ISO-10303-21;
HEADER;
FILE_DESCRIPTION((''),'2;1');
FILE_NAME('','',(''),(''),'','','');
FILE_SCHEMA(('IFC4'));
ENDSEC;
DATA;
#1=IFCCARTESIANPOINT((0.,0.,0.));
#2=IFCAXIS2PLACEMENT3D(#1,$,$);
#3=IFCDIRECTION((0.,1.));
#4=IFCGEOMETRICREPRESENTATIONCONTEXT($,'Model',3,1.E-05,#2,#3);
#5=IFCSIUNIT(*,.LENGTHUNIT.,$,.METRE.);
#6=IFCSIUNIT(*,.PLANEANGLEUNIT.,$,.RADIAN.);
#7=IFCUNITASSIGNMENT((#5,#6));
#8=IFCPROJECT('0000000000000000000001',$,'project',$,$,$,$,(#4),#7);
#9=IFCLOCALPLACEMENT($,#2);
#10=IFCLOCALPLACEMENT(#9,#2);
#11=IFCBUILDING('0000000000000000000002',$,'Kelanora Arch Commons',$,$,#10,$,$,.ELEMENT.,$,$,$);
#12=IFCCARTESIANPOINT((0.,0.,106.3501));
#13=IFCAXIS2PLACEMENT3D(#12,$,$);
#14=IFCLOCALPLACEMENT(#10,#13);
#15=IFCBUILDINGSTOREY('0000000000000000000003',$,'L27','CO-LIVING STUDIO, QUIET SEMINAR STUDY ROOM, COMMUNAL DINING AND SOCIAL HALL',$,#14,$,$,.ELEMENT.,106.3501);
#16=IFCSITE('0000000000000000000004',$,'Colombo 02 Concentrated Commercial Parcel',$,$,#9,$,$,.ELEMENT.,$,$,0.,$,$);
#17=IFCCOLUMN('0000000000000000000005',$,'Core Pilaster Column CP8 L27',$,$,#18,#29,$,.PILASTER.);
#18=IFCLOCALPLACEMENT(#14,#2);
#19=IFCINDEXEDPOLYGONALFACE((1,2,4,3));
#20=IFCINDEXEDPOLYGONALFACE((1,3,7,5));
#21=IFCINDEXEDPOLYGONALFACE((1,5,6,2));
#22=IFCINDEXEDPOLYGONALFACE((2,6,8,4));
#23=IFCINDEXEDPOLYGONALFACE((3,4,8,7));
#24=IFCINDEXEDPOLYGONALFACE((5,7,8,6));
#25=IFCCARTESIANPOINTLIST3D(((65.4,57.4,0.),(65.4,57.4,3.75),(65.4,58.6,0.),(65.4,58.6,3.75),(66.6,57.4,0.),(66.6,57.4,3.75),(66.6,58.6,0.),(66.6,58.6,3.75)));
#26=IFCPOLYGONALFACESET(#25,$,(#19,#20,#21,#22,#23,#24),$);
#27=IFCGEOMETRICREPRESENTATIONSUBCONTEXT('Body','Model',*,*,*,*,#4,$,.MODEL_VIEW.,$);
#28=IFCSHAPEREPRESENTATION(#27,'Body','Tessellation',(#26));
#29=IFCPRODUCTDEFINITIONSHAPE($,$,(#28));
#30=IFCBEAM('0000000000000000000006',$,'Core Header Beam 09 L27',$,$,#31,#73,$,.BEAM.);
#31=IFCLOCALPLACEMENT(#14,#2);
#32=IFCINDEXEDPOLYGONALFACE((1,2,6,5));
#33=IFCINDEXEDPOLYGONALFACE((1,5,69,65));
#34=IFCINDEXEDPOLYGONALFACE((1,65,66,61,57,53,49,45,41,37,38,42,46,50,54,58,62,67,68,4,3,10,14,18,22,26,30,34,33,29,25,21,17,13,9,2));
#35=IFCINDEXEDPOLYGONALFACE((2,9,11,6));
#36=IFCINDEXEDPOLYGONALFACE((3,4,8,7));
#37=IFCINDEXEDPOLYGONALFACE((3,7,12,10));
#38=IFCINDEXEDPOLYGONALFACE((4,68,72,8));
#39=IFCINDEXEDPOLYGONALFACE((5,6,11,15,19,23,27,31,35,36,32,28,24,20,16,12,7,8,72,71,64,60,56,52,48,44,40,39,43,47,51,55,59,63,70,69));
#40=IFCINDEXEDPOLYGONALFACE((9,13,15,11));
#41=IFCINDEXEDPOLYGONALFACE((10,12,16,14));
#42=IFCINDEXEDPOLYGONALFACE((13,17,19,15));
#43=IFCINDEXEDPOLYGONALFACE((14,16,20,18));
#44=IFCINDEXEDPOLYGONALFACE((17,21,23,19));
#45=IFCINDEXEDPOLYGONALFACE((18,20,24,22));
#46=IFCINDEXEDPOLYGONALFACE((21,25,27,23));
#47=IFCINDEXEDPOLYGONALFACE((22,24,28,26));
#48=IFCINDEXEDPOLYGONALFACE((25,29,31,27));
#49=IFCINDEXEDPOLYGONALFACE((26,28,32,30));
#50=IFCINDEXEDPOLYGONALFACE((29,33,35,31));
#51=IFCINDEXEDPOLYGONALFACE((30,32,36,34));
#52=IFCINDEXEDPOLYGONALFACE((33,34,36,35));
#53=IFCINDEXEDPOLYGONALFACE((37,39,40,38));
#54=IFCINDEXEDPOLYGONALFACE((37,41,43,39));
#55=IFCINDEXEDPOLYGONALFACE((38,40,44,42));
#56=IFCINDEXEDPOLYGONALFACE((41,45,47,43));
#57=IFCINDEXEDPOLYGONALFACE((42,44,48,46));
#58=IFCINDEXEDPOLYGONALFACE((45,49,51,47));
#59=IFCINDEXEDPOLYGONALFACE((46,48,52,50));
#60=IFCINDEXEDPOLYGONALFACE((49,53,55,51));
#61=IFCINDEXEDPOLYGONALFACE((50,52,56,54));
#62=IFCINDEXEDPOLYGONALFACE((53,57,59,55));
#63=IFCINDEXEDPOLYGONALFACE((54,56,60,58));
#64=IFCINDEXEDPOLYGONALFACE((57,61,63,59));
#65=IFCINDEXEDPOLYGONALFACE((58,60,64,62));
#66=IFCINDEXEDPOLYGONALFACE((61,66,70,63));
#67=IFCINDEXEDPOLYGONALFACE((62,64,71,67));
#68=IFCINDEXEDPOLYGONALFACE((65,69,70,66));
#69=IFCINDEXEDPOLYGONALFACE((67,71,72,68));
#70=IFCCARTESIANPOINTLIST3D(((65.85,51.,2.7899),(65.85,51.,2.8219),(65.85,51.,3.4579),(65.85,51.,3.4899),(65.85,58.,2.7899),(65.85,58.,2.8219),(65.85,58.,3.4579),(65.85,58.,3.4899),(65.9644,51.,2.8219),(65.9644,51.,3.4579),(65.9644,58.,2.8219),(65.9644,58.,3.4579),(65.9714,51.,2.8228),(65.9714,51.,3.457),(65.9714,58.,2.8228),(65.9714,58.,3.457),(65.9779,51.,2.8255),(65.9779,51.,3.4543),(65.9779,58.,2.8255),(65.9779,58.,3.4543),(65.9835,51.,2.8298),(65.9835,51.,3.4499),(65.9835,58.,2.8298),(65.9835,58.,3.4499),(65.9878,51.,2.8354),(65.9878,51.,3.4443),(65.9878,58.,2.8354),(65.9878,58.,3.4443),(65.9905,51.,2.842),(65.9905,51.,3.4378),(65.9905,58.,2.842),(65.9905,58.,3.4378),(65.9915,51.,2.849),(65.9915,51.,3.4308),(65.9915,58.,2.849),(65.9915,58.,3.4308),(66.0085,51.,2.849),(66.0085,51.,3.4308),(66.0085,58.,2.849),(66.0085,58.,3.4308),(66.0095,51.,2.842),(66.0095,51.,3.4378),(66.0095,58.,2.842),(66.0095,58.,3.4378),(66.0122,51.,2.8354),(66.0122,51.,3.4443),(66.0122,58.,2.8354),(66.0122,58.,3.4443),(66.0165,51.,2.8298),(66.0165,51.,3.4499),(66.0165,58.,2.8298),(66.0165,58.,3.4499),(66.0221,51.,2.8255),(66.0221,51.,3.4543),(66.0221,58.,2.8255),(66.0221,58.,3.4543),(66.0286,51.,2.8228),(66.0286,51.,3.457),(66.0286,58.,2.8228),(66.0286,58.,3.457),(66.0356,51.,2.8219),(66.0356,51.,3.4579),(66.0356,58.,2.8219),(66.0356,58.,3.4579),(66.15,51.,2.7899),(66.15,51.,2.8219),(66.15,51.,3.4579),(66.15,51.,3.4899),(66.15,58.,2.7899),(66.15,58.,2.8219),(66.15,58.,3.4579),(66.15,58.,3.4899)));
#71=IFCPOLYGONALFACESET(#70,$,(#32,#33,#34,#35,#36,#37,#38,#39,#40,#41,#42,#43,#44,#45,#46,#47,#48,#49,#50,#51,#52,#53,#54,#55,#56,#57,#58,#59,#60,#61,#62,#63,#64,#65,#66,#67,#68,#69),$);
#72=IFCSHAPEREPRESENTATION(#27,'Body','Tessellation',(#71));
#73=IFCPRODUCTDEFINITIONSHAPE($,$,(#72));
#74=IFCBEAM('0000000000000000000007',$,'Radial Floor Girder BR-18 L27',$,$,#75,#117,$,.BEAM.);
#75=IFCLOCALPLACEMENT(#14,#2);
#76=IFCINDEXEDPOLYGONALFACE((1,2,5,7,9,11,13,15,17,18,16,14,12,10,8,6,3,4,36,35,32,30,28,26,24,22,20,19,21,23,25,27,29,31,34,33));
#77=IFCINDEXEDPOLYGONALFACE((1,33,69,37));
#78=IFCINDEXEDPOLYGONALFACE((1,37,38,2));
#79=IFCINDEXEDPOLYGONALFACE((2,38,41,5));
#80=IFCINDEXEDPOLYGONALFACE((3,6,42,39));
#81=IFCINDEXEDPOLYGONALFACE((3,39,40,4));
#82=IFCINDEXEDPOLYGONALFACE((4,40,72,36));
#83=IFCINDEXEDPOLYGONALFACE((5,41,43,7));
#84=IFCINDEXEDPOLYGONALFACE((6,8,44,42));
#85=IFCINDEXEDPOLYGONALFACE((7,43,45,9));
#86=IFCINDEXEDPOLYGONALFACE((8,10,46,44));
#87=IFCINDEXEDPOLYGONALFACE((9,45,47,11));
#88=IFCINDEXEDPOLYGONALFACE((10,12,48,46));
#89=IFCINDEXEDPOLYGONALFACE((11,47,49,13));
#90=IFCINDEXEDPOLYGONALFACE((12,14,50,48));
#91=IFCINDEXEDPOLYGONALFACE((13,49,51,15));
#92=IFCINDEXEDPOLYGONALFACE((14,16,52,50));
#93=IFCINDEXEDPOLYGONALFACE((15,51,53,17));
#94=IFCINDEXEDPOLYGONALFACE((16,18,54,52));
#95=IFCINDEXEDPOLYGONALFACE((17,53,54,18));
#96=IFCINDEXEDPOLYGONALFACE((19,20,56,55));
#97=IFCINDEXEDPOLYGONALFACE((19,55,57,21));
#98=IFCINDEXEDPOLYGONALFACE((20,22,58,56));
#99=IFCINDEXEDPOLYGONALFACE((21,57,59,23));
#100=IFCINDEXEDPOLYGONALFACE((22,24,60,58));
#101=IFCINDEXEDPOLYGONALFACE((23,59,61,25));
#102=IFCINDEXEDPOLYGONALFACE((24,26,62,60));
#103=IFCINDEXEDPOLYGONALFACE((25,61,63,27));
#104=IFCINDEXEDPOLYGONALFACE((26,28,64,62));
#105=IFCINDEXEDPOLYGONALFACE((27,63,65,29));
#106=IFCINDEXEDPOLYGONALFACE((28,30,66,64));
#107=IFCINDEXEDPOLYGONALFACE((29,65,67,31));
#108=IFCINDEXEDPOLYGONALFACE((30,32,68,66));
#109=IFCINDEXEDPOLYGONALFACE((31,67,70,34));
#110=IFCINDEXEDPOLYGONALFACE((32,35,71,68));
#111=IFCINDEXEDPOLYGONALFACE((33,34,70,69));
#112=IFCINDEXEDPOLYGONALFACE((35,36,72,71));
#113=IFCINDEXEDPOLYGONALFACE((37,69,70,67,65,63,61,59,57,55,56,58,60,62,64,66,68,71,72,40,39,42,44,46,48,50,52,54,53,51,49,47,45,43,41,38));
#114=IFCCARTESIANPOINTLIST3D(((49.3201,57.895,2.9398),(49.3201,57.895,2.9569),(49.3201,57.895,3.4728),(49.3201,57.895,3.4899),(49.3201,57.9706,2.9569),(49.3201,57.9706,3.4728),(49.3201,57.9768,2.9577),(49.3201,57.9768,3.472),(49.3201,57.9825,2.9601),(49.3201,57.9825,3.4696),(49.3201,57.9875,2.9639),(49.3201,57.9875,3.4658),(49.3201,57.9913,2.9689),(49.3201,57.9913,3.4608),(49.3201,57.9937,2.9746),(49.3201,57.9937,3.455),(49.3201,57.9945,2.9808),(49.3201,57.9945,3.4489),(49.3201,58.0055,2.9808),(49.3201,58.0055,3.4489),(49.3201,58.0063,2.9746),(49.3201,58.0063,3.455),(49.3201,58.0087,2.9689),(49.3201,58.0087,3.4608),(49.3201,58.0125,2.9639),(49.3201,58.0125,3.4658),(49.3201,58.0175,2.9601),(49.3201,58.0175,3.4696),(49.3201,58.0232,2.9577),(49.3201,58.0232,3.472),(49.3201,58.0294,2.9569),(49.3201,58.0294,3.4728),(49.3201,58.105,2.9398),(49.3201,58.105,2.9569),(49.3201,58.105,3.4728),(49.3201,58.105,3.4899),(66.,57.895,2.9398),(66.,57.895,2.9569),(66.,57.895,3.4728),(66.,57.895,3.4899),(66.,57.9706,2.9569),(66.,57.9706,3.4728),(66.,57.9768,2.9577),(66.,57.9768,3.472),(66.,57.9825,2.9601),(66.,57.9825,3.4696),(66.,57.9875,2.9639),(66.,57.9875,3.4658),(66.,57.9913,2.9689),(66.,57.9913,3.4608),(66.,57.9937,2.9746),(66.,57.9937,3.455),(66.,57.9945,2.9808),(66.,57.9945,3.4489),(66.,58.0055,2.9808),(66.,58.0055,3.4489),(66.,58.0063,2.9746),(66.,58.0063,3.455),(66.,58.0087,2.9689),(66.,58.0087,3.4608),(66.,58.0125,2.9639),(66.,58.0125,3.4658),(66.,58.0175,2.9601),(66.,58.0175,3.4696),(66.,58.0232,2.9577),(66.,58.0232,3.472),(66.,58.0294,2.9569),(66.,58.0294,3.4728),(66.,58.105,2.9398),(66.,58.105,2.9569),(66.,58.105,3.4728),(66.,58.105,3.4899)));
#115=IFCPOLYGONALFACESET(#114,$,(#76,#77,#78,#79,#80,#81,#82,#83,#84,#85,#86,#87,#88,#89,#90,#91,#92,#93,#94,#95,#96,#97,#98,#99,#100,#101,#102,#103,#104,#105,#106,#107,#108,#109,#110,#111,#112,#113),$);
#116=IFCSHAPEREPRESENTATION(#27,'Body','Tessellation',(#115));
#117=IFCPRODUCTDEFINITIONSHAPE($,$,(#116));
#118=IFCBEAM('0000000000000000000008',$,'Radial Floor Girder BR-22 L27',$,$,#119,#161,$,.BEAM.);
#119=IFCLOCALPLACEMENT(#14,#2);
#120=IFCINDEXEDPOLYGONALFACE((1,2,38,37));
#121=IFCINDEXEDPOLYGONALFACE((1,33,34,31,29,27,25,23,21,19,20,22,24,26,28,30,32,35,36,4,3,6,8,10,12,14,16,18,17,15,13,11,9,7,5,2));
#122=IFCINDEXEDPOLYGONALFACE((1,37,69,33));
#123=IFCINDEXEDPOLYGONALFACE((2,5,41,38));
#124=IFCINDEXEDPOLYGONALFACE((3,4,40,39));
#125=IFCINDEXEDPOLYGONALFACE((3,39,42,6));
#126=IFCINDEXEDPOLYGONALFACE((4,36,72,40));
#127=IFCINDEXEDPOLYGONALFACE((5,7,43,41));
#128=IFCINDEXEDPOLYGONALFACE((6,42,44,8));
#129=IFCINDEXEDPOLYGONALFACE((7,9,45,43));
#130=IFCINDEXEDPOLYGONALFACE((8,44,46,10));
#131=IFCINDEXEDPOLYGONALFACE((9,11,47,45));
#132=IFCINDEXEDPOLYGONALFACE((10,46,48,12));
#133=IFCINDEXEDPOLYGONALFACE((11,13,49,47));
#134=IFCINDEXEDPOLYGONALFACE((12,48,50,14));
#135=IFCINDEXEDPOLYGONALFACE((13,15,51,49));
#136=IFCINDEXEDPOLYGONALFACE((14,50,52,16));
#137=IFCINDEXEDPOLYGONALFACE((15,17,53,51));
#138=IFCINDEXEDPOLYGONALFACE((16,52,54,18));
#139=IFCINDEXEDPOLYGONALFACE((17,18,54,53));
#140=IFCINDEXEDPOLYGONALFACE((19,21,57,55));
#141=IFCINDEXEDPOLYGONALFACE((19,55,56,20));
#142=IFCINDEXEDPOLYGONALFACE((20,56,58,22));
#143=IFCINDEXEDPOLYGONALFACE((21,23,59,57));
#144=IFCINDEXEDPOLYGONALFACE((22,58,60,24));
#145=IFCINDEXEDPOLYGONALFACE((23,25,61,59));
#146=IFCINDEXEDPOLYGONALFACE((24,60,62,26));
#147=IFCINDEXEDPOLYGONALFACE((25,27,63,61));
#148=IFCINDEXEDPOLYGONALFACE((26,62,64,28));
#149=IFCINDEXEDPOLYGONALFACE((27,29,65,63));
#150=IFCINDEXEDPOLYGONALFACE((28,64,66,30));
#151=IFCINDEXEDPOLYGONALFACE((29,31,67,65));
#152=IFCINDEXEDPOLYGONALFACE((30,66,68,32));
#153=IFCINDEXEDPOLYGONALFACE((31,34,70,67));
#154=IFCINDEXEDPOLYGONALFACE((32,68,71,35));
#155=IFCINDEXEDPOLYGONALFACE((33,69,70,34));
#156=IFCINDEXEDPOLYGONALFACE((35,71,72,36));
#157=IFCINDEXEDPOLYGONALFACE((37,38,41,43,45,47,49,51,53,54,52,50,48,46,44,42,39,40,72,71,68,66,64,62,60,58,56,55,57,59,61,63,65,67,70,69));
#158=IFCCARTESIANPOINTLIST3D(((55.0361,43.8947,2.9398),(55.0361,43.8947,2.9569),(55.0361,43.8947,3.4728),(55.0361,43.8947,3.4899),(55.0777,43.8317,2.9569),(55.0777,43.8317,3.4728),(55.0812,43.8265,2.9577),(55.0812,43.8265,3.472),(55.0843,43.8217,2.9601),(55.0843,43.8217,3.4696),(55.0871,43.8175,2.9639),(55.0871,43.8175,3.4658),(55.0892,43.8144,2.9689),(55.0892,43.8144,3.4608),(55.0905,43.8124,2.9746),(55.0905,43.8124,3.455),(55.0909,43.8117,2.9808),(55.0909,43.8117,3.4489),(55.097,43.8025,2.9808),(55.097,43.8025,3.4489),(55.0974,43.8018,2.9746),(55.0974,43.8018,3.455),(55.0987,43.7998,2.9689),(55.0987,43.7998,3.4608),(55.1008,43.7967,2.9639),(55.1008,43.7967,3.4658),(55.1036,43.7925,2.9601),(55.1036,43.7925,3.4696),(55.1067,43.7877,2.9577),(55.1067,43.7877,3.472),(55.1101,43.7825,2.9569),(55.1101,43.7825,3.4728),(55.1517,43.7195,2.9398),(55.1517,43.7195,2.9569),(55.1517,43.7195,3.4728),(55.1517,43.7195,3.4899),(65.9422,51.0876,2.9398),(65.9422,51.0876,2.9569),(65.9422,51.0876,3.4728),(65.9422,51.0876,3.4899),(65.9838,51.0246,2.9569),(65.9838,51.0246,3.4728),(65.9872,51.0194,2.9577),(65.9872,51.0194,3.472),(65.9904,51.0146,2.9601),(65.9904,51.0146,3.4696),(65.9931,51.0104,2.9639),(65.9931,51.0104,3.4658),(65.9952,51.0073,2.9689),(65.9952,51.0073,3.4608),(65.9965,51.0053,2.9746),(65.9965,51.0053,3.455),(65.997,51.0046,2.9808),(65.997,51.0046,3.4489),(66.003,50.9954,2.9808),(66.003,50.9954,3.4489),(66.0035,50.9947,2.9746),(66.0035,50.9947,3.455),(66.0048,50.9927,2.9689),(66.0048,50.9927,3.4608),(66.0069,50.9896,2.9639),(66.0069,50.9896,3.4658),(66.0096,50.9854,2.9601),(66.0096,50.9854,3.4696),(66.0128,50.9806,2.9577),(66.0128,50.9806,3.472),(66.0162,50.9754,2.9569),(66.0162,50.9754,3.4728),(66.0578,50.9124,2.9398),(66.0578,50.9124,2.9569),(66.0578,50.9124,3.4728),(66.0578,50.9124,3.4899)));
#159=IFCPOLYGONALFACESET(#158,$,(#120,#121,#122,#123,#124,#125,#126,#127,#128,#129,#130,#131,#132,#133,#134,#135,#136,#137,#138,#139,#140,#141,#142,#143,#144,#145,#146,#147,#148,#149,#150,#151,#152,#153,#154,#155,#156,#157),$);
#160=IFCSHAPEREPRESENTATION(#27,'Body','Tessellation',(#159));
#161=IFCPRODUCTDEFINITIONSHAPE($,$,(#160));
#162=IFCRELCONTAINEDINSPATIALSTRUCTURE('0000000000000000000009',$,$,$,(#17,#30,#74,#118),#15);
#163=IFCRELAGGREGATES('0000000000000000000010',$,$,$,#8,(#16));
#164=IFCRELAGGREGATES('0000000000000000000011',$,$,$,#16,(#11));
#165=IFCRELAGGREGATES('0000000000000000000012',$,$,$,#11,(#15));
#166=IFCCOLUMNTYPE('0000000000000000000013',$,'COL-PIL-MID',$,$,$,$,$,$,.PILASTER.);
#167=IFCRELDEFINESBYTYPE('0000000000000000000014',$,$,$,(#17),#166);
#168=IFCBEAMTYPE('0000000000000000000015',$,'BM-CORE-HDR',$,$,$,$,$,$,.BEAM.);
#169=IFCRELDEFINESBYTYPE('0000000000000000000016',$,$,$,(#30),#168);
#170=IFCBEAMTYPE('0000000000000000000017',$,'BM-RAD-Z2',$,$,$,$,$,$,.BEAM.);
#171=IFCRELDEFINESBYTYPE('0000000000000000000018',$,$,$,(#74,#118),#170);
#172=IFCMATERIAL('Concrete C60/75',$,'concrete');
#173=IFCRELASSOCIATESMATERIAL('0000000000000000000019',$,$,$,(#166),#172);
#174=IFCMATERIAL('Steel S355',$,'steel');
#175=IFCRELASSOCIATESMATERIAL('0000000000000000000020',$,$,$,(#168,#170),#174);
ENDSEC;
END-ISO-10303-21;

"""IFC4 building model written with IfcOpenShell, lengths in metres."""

from ifc_helpers import new_model, si_unit, direction, frame, origin, origin_2d, place, context, subcontext, project, spatial, rectangle, i_section, extrude, material, material_profile, profile_set, type_object, element, save


model = new_model("IFC4")

# Units and contexts
model_context = context("Model", 3, precision=1e-05, world=origin(), true_north=direction((0.0, 1.0)))
body_context = subcontext(model_context, "Body", "Model", "MODEL_VIEW")
ifc_project = project(units=[si_unit("LENGTHUNIT", "METRE"), si_unit("PLANEANGLEUNIT", "RADIAN")], contexts=[model_context])

# Site, building, storey
site_placement = place(None, origin())
site = spatial("IfcSite", under=ifc_project, at=site_placement, Name="Colombo 02 Concentrated Commercial Parcel", CompositionType="ELEMENT", RefElevation=0.0)
building_placement = place(site_placement, origin())
building = spatial("IfcBuilding", under=site, at=building_placement, Name="Kelanora Arch Commons", CompositionType="ELEMENT")
storey_placement = place(building_placement, frame((0.0, 0.0, 106.3501)))
storey = spatial("IfcBuildingStorey", under=building, at=storey_placement, Name="L27", Description="CO-LIVING STUDIO, QUIET SEMINAR STUDY ROOM, COMMUNAL DINING AND SOCIAL HALL", CompositionType="ELEMENT", Elevation=106.3501)

# Column
ifc_material_1 = material(Name="Concrete C60/75", Category="concrete")
ifc_material_profile_1 = material_profile(ifc_material_1, rectangle(XDim=1.2, YDim=1.2, at=origin_2d()), Name="RC1200x1200")
ifc_profile_set_1 = profile_set([ifc_material_profile_1], Name="Concrete C60/75")
column_type = type_object("IfcColumnType", Name="COL-PIL-MID", PredefinedType="PILASTER", material=ifc_profile_set_1)
column_placement = place(storey_placement, frame((66.0, 58.0, 0.0), z_axis=(0.0, 0.0, 1.0), x_axis=(1.0, 0.0, 0.0)))
element("IfcColumn", 1, at=column_placement, inside=storey, type_object=column_type, Name="Core Pilaster Column CP8 L27", PredefinedType="PILASTER", context=body_context, shape_type="SweptSolid", body=[
    extrude(rectangle(XDim=1.2, YDim=1.2, at=origin_2d()), origin(), (0.0, 0.0, 1.0), 3.75),
])

# Beams
ifc_material_2 = material(Name="Steel S355", Category="steel")
ifc_material_profile_2 = material_profile(ifc_material_2, i_section(OverallWidth=0.3, OverallDepth=0.7, WebThickness=0.0171, FlangeThickness=0.032, FilletRadius=0.0271, at=origin_2d()), Name="HEB700")
ifc_profile_set_2 = profile_set([ifc_material_profile_2], Name="Steel S355")
beam_type_1 = type_object("IfcBeamType", Name="BM-CORE-HDR", PredefinedType="BEAM", material=ifc_profile_set_2)
beam_1_placement = place(storey_placement, frame((66.0, 58.0, 3.1399), z_axis=(0.0, -1.0, 0.0), x_axis=(1.0, 0.0, 0.0)))
element("IfcBeam", 2, at=beam_1_placement, inside=storey, type_object=beam_type_1, Name="Core Header Beam 09 L27", PredefinedType="BEAM", context=body_context, shape_type="SweptSolid", body=[
    extrude(i_section(OverallWidth=0.3, OverallDepth=0.7, WebThickness=0.0171, FlangeThickness=0.032, FilletRadius=0.0271, at=origin_2d()), origin(), (0.0, 0.0, 1.0), 7.0),
])
ifc_material_profile_3 = material_profile(ifc_material_2, i_section(OverallWidth=0.21, OverallDepth=0.55, WebThickness=0.011, FlangeThickness=0.0171, FilletRadius=0.0239, at=origin_2d()), Name="IPE550")
ifc_profile_set_3 = profile_set([ifc_material_profile_3], Name="Steel S355")
beam_type_2 = type_object("IfcBeamType", Name="BM-RAD-Z2", PredefinedType="BEAM", material=ifc_profile_set_3)
beam_2_placement = place(storey_placement, frame((66.0, 58.0, 3.2148), z_axis=(-1.0, 0.0, 0.0), x_axis=(0.0, -1.0, 0.0)))
element("IfcBeam", 3, at=beam_2_placement, inside=storey, type_object=beam_type_2, Name="Radial Floor Girder BR-18 L27", PredefinedType="BEAM", context=body_context, shape_type="SweptSolid", body=[
    extrude(i_section(OverallWidth=0.21, OverallDepth=0.55, WebThickness=0.011, FlangeThickness=0.0171, FilletRadius=0.0239, at=origin_2d()), origin(), (0.0, 0.0, 1.0), 16.6799),
])
beam_3_placement = place(storey_placement, frame((66.0, 51.0, 3.2148), z_axis=(-0.834789, -0.550571, 0.0), x_axis=(0.550571, -0.834789, 0.0)))
element("IfcBeam", 4, at=beam_3_placement, inside=storey, type_object=beam_type_2, Name="Radial Floor Girder BR-22 L27", PredefinedType="BEAM", context=body_context, shape_type="SweptSolid", body=[
    extrude(i_section(OverallWidth=0.21, OverallDepth=0.55, WebThickness=0.011, FlangeThickness=0.0171, FilletRadius=0.0239, at=origin_2d()), origin(), (0.0, 0.0, 1.0), 13.0645),
])

save(model, "model.ifc")
